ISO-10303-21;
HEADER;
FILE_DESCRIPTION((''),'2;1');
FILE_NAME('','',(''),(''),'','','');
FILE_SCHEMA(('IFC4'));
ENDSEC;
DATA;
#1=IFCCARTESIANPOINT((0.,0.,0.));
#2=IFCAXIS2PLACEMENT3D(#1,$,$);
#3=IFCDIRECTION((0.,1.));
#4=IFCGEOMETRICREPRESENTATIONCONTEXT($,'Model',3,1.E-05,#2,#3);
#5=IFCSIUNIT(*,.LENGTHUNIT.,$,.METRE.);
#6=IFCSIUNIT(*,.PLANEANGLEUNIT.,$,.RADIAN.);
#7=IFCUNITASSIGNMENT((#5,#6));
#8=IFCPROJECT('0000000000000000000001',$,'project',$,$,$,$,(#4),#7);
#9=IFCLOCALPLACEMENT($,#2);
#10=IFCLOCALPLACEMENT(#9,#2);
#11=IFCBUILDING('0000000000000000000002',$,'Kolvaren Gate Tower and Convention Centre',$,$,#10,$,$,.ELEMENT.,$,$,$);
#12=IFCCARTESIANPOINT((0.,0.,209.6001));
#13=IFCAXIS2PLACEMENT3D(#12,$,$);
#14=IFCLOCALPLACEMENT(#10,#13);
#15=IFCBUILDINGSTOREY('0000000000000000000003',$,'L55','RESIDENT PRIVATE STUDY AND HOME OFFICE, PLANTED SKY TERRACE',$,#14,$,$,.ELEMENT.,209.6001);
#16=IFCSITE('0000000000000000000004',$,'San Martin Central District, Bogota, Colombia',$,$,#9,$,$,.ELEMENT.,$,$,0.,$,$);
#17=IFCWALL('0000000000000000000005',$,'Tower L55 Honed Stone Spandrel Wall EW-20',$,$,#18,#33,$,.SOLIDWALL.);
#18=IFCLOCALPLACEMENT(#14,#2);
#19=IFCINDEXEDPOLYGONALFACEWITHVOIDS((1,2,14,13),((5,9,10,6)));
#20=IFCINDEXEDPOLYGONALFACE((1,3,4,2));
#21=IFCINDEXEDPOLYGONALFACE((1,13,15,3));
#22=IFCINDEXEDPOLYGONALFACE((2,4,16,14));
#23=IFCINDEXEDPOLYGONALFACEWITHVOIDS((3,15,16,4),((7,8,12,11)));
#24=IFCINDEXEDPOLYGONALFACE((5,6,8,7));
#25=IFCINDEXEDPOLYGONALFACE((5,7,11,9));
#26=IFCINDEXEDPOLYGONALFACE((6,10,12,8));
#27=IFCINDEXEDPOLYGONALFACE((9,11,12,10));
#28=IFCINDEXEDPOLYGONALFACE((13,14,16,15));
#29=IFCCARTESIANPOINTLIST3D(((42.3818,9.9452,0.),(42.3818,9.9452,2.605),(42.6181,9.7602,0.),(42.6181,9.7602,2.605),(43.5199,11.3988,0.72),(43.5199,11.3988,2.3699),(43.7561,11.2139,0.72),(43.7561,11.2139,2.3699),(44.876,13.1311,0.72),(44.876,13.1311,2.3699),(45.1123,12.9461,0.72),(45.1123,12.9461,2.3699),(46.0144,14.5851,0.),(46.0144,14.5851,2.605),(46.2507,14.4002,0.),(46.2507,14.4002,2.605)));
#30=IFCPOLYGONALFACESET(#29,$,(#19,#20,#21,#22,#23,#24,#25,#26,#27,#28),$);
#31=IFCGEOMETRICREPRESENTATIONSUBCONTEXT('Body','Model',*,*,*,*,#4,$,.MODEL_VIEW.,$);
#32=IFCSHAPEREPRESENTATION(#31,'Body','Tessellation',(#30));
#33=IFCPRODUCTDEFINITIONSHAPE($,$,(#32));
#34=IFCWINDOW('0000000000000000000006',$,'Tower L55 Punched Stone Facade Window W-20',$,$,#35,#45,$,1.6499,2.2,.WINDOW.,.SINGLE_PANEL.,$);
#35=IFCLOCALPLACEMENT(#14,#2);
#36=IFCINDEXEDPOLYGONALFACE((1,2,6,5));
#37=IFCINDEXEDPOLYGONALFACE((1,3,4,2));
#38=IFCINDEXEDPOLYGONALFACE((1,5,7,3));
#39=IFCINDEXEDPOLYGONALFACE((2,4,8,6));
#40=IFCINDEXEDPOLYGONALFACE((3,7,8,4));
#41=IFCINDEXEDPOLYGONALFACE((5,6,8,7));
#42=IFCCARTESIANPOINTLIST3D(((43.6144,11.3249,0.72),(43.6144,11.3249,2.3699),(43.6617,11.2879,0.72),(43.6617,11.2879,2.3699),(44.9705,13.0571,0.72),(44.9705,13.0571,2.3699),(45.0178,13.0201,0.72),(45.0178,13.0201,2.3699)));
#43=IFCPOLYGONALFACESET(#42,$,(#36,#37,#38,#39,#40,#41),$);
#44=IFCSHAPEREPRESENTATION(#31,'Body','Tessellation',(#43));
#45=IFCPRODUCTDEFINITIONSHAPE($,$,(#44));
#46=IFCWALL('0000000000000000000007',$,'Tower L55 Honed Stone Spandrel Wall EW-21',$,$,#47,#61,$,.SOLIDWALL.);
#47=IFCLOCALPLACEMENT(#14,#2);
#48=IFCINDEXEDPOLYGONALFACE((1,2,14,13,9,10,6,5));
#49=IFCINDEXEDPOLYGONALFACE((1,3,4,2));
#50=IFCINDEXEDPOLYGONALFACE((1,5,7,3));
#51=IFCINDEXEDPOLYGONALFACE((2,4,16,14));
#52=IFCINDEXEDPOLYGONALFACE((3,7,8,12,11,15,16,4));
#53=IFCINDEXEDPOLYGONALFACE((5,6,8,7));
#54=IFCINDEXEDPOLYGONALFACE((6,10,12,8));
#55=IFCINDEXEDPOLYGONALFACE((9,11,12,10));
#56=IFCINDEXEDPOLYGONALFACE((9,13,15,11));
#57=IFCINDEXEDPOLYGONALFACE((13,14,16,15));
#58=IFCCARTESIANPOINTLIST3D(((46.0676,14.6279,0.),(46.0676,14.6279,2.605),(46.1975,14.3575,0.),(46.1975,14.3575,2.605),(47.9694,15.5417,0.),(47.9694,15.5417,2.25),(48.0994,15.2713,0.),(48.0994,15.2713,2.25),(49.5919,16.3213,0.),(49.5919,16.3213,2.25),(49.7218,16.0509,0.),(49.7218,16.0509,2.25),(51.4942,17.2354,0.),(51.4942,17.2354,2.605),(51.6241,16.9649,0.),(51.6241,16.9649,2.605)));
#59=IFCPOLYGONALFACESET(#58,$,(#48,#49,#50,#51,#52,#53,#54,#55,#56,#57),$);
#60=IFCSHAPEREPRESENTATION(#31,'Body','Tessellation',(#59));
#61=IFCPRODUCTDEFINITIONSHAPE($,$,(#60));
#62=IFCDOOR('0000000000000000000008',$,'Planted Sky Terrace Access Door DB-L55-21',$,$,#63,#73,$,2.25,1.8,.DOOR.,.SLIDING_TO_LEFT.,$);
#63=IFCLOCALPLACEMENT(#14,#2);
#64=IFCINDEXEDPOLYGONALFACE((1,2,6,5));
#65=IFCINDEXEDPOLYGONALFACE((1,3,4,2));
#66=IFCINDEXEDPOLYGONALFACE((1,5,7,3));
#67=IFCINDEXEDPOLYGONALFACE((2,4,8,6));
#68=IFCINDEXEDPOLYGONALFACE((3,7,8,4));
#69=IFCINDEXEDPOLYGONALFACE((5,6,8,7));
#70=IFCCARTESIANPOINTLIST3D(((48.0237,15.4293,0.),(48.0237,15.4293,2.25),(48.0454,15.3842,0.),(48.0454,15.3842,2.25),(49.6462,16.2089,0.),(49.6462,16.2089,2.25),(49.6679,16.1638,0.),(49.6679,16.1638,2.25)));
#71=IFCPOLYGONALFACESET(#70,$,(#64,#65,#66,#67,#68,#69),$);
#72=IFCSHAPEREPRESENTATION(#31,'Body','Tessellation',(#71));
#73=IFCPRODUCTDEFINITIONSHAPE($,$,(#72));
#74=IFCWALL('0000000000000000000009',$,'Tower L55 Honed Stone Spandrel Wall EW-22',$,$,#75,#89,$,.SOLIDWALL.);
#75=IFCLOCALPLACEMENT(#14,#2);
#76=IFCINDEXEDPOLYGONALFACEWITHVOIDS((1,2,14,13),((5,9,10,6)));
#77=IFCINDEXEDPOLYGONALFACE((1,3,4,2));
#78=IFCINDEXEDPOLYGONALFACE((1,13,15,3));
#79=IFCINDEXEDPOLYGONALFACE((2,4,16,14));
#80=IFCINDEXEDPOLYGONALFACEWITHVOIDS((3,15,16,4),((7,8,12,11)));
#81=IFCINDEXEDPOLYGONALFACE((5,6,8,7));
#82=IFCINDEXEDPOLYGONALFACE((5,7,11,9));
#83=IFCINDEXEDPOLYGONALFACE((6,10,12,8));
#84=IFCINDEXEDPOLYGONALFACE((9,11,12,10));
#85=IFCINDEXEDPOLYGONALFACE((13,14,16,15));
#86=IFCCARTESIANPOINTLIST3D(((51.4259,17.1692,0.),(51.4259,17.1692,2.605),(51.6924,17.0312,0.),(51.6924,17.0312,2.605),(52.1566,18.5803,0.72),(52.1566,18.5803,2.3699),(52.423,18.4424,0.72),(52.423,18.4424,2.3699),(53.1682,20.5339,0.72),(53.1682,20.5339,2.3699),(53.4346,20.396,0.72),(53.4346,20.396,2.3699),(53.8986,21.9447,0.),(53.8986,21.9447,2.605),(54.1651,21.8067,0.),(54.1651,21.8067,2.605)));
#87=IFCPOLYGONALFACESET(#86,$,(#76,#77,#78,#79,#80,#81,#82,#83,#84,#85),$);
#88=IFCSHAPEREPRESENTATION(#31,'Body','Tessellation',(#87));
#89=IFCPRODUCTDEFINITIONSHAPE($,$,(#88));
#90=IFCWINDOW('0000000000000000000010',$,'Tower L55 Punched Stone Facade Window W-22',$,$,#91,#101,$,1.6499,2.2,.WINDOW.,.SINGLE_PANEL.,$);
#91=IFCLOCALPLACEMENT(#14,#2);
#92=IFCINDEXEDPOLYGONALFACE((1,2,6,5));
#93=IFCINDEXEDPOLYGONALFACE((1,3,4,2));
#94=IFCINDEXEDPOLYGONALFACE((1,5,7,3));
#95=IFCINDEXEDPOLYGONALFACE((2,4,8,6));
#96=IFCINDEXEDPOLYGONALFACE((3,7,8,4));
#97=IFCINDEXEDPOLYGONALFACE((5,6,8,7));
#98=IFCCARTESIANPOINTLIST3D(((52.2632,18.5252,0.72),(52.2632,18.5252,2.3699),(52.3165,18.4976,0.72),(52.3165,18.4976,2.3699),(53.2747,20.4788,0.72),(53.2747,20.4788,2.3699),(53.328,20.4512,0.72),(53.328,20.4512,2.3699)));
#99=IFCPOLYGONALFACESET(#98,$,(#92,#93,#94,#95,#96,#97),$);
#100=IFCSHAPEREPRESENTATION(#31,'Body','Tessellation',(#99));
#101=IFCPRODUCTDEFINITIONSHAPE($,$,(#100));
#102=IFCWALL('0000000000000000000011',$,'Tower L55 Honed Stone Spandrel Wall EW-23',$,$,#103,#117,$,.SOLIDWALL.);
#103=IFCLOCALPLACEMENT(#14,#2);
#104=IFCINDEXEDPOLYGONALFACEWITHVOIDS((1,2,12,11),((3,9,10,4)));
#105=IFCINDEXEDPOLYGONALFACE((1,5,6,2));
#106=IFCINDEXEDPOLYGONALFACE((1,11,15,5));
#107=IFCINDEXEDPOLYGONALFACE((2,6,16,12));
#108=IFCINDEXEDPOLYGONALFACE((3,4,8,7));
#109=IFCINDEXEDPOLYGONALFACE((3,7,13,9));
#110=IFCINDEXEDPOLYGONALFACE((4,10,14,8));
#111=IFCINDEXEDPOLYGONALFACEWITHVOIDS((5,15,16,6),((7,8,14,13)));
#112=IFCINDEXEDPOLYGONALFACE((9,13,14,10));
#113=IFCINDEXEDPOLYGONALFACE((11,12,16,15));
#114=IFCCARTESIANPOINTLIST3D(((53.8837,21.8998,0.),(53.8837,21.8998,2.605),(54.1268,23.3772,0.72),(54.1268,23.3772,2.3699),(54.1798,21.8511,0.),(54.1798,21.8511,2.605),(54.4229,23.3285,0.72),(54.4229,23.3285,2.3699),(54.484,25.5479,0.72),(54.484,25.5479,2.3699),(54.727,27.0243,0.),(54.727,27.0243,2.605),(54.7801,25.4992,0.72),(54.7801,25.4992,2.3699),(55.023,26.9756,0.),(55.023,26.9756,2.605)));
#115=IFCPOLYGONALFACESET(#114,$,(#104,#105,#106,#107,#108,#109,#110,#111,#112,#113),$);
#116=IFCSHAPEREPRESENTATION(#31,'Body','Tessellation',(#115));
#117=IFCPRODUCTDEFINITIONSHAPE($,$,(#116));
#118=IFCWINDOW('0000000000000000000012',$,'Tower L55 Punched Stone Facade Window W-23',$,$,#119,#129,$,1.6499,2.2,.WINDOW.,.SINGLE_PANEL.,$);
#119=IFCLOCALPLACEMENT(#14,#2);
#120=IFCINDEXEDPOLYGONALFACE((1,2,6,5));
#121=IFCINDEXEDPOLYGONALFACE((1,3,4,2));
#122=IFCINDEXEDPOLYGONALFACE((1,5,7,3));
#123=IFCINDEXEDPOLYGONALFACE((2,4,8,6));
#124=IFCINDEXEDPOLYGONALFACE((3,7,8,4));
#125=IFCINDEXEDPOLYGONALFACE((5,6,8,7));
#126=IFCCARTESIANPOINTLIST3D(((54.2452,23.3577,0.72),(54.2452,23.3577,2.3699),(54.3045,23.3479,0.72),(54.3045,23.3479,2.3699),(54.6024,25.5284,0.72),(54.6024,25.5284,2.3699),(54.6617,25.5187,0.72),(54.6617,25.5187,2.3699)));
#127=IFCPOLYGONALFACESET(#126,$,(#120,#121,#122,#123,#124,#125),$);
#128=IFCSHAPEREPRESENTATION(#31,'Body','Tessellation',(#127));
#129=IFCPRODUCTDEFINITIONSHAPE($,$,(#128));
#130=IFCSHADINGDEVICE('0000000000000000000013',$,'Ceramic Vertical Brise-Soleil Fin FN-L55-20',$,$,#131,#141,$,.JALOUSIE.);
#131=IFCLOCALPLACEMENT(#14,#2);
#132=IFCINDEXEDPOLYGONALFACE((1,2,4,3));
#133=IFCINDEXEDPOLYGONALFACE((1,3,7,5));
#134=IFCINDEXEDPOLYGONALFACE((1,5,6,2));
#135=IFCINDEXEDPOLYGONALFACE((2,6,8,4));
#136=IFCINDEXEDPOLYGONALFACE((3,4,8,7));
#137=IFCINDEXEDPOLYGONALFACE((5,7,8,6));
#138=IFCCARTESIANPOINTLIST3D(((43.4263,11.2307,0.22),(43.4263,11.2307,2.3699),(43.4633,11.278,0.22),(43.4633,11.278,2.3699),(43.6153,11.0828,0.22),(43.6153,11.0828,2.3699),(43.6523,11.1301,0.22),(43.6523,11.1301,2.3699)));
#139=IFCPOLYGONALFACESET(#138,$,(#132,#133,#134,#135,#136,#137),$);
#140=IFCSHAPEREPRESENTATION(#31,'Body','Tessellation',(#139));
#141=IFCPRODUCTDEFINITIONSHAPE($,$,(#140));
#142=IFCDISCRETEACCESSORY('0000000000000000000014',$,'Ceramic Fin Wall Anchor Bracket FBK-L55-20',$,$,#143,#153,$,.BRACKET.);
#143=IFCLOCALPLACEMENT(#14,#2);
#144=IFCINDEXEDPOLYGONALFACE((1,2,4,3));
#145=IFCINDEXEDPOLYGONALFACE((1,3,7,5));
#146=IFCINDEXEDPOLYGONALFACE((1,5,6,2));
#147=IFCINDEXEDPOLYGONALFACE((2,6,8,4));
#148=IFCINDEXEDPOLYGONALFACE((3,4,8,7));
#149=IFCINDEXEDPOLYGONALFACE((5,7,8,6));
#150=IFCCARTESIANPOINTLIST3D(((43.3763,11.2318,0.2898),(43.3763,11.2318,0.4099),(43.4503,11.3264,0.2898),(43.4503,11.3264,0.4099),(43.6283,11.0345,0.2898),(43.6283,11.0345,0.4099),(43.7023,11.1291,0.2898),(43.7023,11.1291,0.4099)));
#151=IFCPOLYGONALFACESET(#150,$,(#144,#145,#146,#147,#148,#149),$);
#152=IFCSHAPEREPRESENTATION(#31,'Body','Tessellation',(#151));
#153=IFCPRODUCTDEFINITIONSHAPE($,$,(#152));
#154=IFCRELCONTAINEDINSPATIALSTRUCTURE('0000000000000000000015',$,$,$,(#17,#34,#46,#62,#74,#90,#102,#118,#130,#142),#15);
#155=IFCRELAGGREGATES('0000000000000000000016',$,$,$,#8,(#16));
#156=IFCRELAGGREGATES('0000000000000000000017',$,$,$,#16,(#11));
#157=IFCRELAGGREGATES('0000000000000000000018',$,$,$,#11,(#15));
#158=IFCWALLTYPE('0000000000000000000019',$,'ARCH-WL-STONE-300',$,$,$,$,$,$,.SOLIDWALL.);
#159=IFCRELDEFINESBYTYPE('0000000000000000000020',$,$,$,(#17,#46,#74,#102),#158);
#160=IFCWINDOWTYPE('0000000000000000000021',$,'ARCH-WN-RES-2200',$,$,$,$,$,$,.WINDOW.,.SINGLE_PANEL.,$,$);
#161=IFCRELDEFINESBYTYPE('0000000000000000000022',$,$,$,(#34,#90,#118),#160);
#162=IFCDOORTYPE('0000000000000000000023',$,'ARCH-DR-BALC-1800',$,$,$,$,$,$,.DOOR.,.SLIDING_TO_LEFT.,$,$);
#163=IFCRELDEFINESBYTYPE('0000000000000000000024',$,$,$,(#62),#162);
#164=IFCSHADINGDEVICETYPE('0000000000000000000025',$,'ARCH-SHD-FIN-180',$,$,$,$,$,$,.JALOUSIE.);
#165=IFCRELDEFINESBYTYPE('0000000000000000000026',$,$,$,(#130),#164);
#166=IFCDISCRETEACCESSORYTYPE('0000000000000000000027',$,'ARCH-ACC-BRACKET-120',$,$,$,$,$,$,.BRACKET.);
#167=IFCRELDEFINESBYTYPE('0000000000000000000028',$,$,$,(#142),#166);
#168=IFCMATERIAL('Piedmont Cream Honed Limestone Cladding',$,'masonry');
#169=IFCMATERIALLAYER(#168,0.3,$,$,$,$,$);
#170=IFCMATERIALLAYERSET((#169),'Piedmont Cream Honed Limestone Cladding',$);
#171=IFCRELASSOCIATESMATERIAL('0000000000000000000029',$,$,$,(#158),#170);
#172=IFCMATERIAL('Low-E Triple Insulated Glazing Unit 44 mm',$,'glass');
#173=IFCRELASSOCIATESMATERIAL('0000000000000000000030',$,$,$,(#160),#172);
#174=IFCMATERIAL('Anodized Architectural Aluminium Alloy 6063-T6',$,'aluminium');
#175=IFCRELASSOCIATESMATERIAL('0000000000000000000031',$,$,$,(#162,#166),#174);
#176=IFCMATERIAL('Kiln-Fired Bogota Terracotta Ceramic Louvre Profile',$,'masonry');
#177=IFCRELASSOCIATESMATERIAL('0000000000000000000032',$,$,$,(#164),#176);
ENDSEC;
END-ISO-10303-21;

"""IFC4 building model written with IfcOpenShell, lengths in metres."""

from ifc_helpers import new_model, si_unit, direction, frame, frame_2d, origin, origin_2d, place, context, subcontext, project, spatial, rectangle, extrude, material, layer, layer_set, type_object, element, fill, save


model = new_model("IFC4")

# Units and contexts
model_context = context("Model", 3, precision=1e-05, world=origin(), true_north=direction((0.0, 1.0)))
body_context = subcontext(model_context, "Body", "Model", "MODEL_VIEW")
ifc_project = project(units=[si_unit("LENGTHUNIT", "METRE"), si_unit("PLANEANGLEUNIT", "RADIAN")], contexts=[model_context])

# Site, building, storey
site_placement = place(None, origin())
site = spatial("IfcSite", under=ifc_project, at=site_placement, Name="San Martin Central District, Bogota, Colombia", CompositionType="ELEMENT", RefElevation=0.0)
building_placement = place(site_placement, origin())
building = spatial("IfcBuilding", under=site, at=building_placement, Name="Kolvaren Gate Tower and Convention Centre", CompositionType="ELEMENT")
storey_placement = place(building_placement, frame((0.0, 0.0, 209.6001)))
storey = spatial("IfcBuildingStorey", under=building, at=storey_placement, Name="L55", Description="RESIDENT PRIVATE STUDY AND HOME OFFICE, PLANTED SKY TERRACE", CompositionType="ELEMENT", Elevation=209.6001)

# Shared definitions
ifc_material_1 = material(Name="Piedmont Cream Honed Limestone Cladding", Category="masonry")

# Wall, opening, window
ifc_layer_1 = layer(ifc_material_1, 0.3)
ifc_layer_set_1 = layer_set([ifc_layer_1], Name="Piedmont Cream Honed Limestone Cladding")
wall_type_1 = type_object("IfcWallType", Name="ARCH-WL-STONE-300", PredefinedType="SOLIDWALL", material=ifc_layer_set_1)
wall_1_placement = place(storey_placement, frame((42.5, 9.8528, 0.0), z_axis=(0.0, 0.0, 1.0), x_axis=(0.61645, 0.787394, 0.0)))
wall_1 = element("IfcWall", 1, at=wall_1_placement, inside=storey, type_object=wall_type_1, Name="Tower L55 Honed Stone Spandrel Wall EW-20", PredefinedType="SOLIDWALL", context=body_context, shape_type="SweptSolid", body=[
    extrude(rectangle(XDim=5.8928, YDim=0.3, at=frame_2d((2.9463, 0.0))), origin(), (0.0, 0.0, 1.0), 2.605),
])
opening_1_placement = place(wall_1_placement, frame((1.8459, 0.0, 0.72)))
opening_1 = element("IfcOpeningElement", 2, at=opening_1_placement, cuts=wall_1, PredefinedType="OPENING", context=body_context, shape_type="SweptSolid", body=[
    extrude(rectangle(XDim=2.2, YDim=1.6499, at=frame_2d((1.1001, 0.825))), frame((0.0, 0.1599, 0.0), z_axis=(0.0, -1.0, 0.0), x_axis=(1.0, 0.0, 0.0)), (0.0, 0.0, 1.0), 0.3201),
])
ifc_material_2 = material(Name="Low-E Triple Insulated Glazing Unit 44 mm", Category="glass")
window_type = type_object("IfcWindowType", Name="ARCH-WN-RES-2200", PartitioningType="SINGLE_PANEL", PredefinedType="WINDOW", material=ifc_material_2)
window_1_placement = place(opening_1_placement, origin())
window_1 = element("IfcWindow", 3, at=window_1_placement, inside=storey, type_object=window_type, Name="Tower L55 Punched Stone Facade Window W-20", OverallHeight=1.6499, OverallWidth=2.2, PartitioningType="SINGLE_PANEL", PredefinedType="WINDOW", context=body_context, shape_type="SweptSolid", body=[
    extrude(rectangle(XDim=2.2, YDim=1.6499, at=frame_2d((1.1001, 0.825))), frame((0.0, 0.03, 0.0), z_axis=(0.0, -1.0, 0.0), x_axis=(1.0, 0.0, 0.0)), (0.0, 0.0, 1.0), 0.0601),
])
fill(opening_1, window_1)

# Wall, opening, door
wall_2_placement = place(storey_placement, frame((46.1326, 14.4927, 0.0), z_axis=(0.0, 0.0, 1.0), x_axis=(0.901348, 0.433095, 0.0)))
wall_2 = element("IfcWall", 4, at=wall_2_placement, inside=storey, type_object=wall_type_1, Name="Tower L55 Honed Stone Spandrel Wall EW-21", PredefinedType="SOLIDWALL", context=body_context, shape_type="SweptSolid", body=[
    extrude(rectangle(XDim=6.0205, YDim=0.3, at=frame_2d((3.0103, 0.0))), origin(), (0.0, 0.0, 1.0), 2.605),
])
opening_2_placement = place(wall_2_placement, frame((2.1101, 0.0, 0.0)))
opening_2 = element("IfcOpeningElement", 5, at=opening_2_placement, cuts=wall_2, PredefinedType="OPENING", context=body_context, shape_type="SweptSolid", body=[
    extrude(rectangle(XDim=1.8, YDim=2.25, at=frame_2d((0.8999, 1.125))), frame((0.0, 0.1599, 0.0), z_axis=(0.0, -1.0, 0.0), x_axis=(1.0, 0.0, 0.0)), (0.0, 0.0, 1.0), 0.3201),
])
ifc_material_3 = material(Name="Anodized Architectural Aluminium Alloy 6063-T6", Category="aluminium")
door_type = type_object("IfcDoorType", Name="ARCH-DR-BALC-1800", OperationType="SLIDING_TO_LEFT", PredefinedType="DOOR", material=ifc_material_3)
door_placement = place(opening_2_placement, frame((1.8, 0.0, 0.0), z_axis=(0.0, 0.0, 1.0), x_axis=(-1.0, 0.0, 0.0)))
door = element("IfcDoor", 6, at=door_placement, inside=storey, type_object=door_type, Name="Planted Sky Terrace Access Door DB-L55-21", OperationType="SLIDING_TO_LEFT", OverallHeight=2.25, OverallWidth=1.8, PredefinedType="DOOR", context=body_context, shape_type="SweptSolid", body=[
    extrude(rectangle(XDim=1.8, YDim=2.25, at=frame_2d((0.8999, 1.125))), frame((0.0, 0.0249, 0.0), z_axis=(0.0, -1.0, 0.0), x_axis=(1.0, 0.0, 0.0)), (0.0, 0.0, 1.0), 0.05),
])
fill(opening_2, door)

# Walls, openings, windows
wall_3_placement = place(storey_placement, frame((51.5591, 17.1001, 0.0), z_axis=(0.0, 0.0, 1.0), x_axis=(0.459808, 0.888018, 0.0)))
wall_3 = element("IfcWall", 7, at=wall_3_placement, inside=storey, type_object=wall_type_1, Name="Tower L55 Honed Stone Spandrel Wall EW-22", PredefinedType="SOLIDWALL", context=body_context, shape_type="SweptSolid", body=[
    extrude(rectangle(XDim=5.3777, YDim=0.3, at=frame_2d((2.689, 0.0))), origin(), (0.0, 0.0, 1.0), 2.605),
])
opening_3_placement = place(wall_3_placement, frame((1.5891, 0.0, 0.72)))
opening_3 = element("IfcOpeningElement", 8, at=opening_3_placement, cuts=wall_3, PredefinedType="OPENING", context=body_context, shape_type="SweptSolid", body=[
    extrude(rectangle(XDim=2.2, YDim=1.6499, at=frame_2d((1.1001, 0.825))), frame((0.0, 0.1599, 0.0), z_axis=(0.0, -1.0, 0.0), x_axis=(1.0, 0.0, 0.0)), (0.0, 0.0, 1.0), 0.3201),
])
window_2_placement = place(opening_3_placement, origin())
window_2 = element("IfcWindow", 9, at=window_2_placement, inside=storey, type_object=window_type, Name="Tower L55 Punched Stone Facade Window W-22", OverallHeight=1.6499, OverallWidth=2.2, PartitioningType="SINGLE_PANEL", PredefinedType="WINDOW", context=body_context, shape_type="SweptSolid", body=[
    extrude(rectangle(XDim=2.2, YDim=1.6499, at=frame_2d((1.1001, 0.825))), frame((0.0, 0.03, 0.0), z_axis=(0.0, -1.0, 0.0), x_axis=(1.0, 0.0, 0.0)), (0.0, 0.0, 1.0), 0.0601),
])
fill(opening_3, window_2)
wall_4_placement = place(storey_placement, frame((54.0317, 21.8755, 0.0), z_axis=(0.0, 0.0, 1.0), x_axis=(0.162371, 0.98673, 0.0)))
wall_4 = element("IfcWall", 10, at=wall_4_placement, inside=storey, type_object=wall_type_1, Name="Tower L55 Honed Stone Spandrel Wall EW-23", PredefinedType="SOLIDWALL", context=body_context, shape_type="SweptSolid", body=[
    extrude(rectangle(XDim=5.1934, YDim=0.3, at=frame_2d((2.5967, 0.0))), origin(), (0.0, 0.0, 1.0), 2.605),
])
opening_4_placement = place(wall_4_placement, frame((1.4971, 0.0, 0.72)))
opening_4 = element("IfcOpeningElement", 11, at=opening_4_placement, cuts=wall_4, PredefinedType="OPENING", context=body_context, shape_type="SweptSolid", body=[
    extrude(rectangle(XDim=2.2, YDim=1.6499, at=frame_2d((1.1001, 0.825))), frame((0.0, 0.1599, 0.0), z_axis=(0.0, -1.0, 0.0), x_axis=(1.0, 0.0, 0.0)), (0.0, 0.0, 1.0), 0.3201),
])
window_3_placement = place(opening_4_placement, origin())
window_3 = element("IfcWindow", 12, at=window_3_placement, inside=storey, type_object=window_type, Name="Tower L55 Punched Stone Facade Window W-23", OverallHeight=1.6499, OverallWidth=2.2, PartitioningType="SINGLE_PANEL", PredefinedType="WINDOW", context=body_context, shape_type="SweptSolid", body=[
    extrude(rectangle(XDim=2.2, YDim=1.6499, at=frame_2d((1.1001, 0.825))), frame((0.0, 0.03, 0.0), z_axis=(0.0, -1.0, 0.0), x_axis=(1.0, 0.0, 0.0)), (0.0, 0.0, 1.0), 0.0601),
])
fill(opening_4, window_3)

# Shading device
ifc_material_4 = material(Name="Kiln-Fired Bogota Terracotta Ceramic Louvre Profile", Category="masonry")
shading_device_type = type_object("IfcShadingDeviceType", Name="ARCH-SHD-FIN-180", PredefinedType="JALOUSIE", material=ifc_material_4)
shading_device_placement = place(storey_placement, frame((43.5393, 11.1804, 0.22), z_axis=(0.0, 0.0, 1.0), x_axis=(0.616434, 0.787406, 0.0)))
element("IfcShadingDevice", 13, at=shading_device_placement, inside=storey, type_object=shading_device_type, Name="Ceramic Vertical Brise-Soleil Fin FN-L55-20", PredefinedType="JALOUSIE", context=body_context, shape_type="SweptSolid", body=[
    extrude(rectangle(XDim=0.0601, YDim=0.24, at=origin_2d()), origin(), (0.0, 0.0, 1.0), 2.1499),
])

# Discrete accessory
discrete_accessory_type = type_object("IfcDiscreteAccessoryType", Name="ARCH-ACC-BRACKET-120", PredefinedType="BRACKET", material=ifc_material_3)
discrete_accessory_placement = place(storey_placement, frame((43.5393, 11.1804, 0.2898), z_axis=(0.0, 0.0, 1.0), x_axis=(0.616434, 0.787406, 0.0)))
element("IfcDiscreteAccessory", 14, at=discrete_accessory_placement, inside=storey, type_object=discrete_accessory_type, Name="Ceramic Fin Wall Anchor Bracket FBK-L55-20", PredefinedType="BRACKET", context=body_context, shape_type="SweptSolid", body=[
    extrude(rectangle(XDim=0.1201, YDim=0.3201, at=origin_2d()), origin(), (0.0, 0.0, 1.0), 0.1201),
])

save(model, "model.ifc")
